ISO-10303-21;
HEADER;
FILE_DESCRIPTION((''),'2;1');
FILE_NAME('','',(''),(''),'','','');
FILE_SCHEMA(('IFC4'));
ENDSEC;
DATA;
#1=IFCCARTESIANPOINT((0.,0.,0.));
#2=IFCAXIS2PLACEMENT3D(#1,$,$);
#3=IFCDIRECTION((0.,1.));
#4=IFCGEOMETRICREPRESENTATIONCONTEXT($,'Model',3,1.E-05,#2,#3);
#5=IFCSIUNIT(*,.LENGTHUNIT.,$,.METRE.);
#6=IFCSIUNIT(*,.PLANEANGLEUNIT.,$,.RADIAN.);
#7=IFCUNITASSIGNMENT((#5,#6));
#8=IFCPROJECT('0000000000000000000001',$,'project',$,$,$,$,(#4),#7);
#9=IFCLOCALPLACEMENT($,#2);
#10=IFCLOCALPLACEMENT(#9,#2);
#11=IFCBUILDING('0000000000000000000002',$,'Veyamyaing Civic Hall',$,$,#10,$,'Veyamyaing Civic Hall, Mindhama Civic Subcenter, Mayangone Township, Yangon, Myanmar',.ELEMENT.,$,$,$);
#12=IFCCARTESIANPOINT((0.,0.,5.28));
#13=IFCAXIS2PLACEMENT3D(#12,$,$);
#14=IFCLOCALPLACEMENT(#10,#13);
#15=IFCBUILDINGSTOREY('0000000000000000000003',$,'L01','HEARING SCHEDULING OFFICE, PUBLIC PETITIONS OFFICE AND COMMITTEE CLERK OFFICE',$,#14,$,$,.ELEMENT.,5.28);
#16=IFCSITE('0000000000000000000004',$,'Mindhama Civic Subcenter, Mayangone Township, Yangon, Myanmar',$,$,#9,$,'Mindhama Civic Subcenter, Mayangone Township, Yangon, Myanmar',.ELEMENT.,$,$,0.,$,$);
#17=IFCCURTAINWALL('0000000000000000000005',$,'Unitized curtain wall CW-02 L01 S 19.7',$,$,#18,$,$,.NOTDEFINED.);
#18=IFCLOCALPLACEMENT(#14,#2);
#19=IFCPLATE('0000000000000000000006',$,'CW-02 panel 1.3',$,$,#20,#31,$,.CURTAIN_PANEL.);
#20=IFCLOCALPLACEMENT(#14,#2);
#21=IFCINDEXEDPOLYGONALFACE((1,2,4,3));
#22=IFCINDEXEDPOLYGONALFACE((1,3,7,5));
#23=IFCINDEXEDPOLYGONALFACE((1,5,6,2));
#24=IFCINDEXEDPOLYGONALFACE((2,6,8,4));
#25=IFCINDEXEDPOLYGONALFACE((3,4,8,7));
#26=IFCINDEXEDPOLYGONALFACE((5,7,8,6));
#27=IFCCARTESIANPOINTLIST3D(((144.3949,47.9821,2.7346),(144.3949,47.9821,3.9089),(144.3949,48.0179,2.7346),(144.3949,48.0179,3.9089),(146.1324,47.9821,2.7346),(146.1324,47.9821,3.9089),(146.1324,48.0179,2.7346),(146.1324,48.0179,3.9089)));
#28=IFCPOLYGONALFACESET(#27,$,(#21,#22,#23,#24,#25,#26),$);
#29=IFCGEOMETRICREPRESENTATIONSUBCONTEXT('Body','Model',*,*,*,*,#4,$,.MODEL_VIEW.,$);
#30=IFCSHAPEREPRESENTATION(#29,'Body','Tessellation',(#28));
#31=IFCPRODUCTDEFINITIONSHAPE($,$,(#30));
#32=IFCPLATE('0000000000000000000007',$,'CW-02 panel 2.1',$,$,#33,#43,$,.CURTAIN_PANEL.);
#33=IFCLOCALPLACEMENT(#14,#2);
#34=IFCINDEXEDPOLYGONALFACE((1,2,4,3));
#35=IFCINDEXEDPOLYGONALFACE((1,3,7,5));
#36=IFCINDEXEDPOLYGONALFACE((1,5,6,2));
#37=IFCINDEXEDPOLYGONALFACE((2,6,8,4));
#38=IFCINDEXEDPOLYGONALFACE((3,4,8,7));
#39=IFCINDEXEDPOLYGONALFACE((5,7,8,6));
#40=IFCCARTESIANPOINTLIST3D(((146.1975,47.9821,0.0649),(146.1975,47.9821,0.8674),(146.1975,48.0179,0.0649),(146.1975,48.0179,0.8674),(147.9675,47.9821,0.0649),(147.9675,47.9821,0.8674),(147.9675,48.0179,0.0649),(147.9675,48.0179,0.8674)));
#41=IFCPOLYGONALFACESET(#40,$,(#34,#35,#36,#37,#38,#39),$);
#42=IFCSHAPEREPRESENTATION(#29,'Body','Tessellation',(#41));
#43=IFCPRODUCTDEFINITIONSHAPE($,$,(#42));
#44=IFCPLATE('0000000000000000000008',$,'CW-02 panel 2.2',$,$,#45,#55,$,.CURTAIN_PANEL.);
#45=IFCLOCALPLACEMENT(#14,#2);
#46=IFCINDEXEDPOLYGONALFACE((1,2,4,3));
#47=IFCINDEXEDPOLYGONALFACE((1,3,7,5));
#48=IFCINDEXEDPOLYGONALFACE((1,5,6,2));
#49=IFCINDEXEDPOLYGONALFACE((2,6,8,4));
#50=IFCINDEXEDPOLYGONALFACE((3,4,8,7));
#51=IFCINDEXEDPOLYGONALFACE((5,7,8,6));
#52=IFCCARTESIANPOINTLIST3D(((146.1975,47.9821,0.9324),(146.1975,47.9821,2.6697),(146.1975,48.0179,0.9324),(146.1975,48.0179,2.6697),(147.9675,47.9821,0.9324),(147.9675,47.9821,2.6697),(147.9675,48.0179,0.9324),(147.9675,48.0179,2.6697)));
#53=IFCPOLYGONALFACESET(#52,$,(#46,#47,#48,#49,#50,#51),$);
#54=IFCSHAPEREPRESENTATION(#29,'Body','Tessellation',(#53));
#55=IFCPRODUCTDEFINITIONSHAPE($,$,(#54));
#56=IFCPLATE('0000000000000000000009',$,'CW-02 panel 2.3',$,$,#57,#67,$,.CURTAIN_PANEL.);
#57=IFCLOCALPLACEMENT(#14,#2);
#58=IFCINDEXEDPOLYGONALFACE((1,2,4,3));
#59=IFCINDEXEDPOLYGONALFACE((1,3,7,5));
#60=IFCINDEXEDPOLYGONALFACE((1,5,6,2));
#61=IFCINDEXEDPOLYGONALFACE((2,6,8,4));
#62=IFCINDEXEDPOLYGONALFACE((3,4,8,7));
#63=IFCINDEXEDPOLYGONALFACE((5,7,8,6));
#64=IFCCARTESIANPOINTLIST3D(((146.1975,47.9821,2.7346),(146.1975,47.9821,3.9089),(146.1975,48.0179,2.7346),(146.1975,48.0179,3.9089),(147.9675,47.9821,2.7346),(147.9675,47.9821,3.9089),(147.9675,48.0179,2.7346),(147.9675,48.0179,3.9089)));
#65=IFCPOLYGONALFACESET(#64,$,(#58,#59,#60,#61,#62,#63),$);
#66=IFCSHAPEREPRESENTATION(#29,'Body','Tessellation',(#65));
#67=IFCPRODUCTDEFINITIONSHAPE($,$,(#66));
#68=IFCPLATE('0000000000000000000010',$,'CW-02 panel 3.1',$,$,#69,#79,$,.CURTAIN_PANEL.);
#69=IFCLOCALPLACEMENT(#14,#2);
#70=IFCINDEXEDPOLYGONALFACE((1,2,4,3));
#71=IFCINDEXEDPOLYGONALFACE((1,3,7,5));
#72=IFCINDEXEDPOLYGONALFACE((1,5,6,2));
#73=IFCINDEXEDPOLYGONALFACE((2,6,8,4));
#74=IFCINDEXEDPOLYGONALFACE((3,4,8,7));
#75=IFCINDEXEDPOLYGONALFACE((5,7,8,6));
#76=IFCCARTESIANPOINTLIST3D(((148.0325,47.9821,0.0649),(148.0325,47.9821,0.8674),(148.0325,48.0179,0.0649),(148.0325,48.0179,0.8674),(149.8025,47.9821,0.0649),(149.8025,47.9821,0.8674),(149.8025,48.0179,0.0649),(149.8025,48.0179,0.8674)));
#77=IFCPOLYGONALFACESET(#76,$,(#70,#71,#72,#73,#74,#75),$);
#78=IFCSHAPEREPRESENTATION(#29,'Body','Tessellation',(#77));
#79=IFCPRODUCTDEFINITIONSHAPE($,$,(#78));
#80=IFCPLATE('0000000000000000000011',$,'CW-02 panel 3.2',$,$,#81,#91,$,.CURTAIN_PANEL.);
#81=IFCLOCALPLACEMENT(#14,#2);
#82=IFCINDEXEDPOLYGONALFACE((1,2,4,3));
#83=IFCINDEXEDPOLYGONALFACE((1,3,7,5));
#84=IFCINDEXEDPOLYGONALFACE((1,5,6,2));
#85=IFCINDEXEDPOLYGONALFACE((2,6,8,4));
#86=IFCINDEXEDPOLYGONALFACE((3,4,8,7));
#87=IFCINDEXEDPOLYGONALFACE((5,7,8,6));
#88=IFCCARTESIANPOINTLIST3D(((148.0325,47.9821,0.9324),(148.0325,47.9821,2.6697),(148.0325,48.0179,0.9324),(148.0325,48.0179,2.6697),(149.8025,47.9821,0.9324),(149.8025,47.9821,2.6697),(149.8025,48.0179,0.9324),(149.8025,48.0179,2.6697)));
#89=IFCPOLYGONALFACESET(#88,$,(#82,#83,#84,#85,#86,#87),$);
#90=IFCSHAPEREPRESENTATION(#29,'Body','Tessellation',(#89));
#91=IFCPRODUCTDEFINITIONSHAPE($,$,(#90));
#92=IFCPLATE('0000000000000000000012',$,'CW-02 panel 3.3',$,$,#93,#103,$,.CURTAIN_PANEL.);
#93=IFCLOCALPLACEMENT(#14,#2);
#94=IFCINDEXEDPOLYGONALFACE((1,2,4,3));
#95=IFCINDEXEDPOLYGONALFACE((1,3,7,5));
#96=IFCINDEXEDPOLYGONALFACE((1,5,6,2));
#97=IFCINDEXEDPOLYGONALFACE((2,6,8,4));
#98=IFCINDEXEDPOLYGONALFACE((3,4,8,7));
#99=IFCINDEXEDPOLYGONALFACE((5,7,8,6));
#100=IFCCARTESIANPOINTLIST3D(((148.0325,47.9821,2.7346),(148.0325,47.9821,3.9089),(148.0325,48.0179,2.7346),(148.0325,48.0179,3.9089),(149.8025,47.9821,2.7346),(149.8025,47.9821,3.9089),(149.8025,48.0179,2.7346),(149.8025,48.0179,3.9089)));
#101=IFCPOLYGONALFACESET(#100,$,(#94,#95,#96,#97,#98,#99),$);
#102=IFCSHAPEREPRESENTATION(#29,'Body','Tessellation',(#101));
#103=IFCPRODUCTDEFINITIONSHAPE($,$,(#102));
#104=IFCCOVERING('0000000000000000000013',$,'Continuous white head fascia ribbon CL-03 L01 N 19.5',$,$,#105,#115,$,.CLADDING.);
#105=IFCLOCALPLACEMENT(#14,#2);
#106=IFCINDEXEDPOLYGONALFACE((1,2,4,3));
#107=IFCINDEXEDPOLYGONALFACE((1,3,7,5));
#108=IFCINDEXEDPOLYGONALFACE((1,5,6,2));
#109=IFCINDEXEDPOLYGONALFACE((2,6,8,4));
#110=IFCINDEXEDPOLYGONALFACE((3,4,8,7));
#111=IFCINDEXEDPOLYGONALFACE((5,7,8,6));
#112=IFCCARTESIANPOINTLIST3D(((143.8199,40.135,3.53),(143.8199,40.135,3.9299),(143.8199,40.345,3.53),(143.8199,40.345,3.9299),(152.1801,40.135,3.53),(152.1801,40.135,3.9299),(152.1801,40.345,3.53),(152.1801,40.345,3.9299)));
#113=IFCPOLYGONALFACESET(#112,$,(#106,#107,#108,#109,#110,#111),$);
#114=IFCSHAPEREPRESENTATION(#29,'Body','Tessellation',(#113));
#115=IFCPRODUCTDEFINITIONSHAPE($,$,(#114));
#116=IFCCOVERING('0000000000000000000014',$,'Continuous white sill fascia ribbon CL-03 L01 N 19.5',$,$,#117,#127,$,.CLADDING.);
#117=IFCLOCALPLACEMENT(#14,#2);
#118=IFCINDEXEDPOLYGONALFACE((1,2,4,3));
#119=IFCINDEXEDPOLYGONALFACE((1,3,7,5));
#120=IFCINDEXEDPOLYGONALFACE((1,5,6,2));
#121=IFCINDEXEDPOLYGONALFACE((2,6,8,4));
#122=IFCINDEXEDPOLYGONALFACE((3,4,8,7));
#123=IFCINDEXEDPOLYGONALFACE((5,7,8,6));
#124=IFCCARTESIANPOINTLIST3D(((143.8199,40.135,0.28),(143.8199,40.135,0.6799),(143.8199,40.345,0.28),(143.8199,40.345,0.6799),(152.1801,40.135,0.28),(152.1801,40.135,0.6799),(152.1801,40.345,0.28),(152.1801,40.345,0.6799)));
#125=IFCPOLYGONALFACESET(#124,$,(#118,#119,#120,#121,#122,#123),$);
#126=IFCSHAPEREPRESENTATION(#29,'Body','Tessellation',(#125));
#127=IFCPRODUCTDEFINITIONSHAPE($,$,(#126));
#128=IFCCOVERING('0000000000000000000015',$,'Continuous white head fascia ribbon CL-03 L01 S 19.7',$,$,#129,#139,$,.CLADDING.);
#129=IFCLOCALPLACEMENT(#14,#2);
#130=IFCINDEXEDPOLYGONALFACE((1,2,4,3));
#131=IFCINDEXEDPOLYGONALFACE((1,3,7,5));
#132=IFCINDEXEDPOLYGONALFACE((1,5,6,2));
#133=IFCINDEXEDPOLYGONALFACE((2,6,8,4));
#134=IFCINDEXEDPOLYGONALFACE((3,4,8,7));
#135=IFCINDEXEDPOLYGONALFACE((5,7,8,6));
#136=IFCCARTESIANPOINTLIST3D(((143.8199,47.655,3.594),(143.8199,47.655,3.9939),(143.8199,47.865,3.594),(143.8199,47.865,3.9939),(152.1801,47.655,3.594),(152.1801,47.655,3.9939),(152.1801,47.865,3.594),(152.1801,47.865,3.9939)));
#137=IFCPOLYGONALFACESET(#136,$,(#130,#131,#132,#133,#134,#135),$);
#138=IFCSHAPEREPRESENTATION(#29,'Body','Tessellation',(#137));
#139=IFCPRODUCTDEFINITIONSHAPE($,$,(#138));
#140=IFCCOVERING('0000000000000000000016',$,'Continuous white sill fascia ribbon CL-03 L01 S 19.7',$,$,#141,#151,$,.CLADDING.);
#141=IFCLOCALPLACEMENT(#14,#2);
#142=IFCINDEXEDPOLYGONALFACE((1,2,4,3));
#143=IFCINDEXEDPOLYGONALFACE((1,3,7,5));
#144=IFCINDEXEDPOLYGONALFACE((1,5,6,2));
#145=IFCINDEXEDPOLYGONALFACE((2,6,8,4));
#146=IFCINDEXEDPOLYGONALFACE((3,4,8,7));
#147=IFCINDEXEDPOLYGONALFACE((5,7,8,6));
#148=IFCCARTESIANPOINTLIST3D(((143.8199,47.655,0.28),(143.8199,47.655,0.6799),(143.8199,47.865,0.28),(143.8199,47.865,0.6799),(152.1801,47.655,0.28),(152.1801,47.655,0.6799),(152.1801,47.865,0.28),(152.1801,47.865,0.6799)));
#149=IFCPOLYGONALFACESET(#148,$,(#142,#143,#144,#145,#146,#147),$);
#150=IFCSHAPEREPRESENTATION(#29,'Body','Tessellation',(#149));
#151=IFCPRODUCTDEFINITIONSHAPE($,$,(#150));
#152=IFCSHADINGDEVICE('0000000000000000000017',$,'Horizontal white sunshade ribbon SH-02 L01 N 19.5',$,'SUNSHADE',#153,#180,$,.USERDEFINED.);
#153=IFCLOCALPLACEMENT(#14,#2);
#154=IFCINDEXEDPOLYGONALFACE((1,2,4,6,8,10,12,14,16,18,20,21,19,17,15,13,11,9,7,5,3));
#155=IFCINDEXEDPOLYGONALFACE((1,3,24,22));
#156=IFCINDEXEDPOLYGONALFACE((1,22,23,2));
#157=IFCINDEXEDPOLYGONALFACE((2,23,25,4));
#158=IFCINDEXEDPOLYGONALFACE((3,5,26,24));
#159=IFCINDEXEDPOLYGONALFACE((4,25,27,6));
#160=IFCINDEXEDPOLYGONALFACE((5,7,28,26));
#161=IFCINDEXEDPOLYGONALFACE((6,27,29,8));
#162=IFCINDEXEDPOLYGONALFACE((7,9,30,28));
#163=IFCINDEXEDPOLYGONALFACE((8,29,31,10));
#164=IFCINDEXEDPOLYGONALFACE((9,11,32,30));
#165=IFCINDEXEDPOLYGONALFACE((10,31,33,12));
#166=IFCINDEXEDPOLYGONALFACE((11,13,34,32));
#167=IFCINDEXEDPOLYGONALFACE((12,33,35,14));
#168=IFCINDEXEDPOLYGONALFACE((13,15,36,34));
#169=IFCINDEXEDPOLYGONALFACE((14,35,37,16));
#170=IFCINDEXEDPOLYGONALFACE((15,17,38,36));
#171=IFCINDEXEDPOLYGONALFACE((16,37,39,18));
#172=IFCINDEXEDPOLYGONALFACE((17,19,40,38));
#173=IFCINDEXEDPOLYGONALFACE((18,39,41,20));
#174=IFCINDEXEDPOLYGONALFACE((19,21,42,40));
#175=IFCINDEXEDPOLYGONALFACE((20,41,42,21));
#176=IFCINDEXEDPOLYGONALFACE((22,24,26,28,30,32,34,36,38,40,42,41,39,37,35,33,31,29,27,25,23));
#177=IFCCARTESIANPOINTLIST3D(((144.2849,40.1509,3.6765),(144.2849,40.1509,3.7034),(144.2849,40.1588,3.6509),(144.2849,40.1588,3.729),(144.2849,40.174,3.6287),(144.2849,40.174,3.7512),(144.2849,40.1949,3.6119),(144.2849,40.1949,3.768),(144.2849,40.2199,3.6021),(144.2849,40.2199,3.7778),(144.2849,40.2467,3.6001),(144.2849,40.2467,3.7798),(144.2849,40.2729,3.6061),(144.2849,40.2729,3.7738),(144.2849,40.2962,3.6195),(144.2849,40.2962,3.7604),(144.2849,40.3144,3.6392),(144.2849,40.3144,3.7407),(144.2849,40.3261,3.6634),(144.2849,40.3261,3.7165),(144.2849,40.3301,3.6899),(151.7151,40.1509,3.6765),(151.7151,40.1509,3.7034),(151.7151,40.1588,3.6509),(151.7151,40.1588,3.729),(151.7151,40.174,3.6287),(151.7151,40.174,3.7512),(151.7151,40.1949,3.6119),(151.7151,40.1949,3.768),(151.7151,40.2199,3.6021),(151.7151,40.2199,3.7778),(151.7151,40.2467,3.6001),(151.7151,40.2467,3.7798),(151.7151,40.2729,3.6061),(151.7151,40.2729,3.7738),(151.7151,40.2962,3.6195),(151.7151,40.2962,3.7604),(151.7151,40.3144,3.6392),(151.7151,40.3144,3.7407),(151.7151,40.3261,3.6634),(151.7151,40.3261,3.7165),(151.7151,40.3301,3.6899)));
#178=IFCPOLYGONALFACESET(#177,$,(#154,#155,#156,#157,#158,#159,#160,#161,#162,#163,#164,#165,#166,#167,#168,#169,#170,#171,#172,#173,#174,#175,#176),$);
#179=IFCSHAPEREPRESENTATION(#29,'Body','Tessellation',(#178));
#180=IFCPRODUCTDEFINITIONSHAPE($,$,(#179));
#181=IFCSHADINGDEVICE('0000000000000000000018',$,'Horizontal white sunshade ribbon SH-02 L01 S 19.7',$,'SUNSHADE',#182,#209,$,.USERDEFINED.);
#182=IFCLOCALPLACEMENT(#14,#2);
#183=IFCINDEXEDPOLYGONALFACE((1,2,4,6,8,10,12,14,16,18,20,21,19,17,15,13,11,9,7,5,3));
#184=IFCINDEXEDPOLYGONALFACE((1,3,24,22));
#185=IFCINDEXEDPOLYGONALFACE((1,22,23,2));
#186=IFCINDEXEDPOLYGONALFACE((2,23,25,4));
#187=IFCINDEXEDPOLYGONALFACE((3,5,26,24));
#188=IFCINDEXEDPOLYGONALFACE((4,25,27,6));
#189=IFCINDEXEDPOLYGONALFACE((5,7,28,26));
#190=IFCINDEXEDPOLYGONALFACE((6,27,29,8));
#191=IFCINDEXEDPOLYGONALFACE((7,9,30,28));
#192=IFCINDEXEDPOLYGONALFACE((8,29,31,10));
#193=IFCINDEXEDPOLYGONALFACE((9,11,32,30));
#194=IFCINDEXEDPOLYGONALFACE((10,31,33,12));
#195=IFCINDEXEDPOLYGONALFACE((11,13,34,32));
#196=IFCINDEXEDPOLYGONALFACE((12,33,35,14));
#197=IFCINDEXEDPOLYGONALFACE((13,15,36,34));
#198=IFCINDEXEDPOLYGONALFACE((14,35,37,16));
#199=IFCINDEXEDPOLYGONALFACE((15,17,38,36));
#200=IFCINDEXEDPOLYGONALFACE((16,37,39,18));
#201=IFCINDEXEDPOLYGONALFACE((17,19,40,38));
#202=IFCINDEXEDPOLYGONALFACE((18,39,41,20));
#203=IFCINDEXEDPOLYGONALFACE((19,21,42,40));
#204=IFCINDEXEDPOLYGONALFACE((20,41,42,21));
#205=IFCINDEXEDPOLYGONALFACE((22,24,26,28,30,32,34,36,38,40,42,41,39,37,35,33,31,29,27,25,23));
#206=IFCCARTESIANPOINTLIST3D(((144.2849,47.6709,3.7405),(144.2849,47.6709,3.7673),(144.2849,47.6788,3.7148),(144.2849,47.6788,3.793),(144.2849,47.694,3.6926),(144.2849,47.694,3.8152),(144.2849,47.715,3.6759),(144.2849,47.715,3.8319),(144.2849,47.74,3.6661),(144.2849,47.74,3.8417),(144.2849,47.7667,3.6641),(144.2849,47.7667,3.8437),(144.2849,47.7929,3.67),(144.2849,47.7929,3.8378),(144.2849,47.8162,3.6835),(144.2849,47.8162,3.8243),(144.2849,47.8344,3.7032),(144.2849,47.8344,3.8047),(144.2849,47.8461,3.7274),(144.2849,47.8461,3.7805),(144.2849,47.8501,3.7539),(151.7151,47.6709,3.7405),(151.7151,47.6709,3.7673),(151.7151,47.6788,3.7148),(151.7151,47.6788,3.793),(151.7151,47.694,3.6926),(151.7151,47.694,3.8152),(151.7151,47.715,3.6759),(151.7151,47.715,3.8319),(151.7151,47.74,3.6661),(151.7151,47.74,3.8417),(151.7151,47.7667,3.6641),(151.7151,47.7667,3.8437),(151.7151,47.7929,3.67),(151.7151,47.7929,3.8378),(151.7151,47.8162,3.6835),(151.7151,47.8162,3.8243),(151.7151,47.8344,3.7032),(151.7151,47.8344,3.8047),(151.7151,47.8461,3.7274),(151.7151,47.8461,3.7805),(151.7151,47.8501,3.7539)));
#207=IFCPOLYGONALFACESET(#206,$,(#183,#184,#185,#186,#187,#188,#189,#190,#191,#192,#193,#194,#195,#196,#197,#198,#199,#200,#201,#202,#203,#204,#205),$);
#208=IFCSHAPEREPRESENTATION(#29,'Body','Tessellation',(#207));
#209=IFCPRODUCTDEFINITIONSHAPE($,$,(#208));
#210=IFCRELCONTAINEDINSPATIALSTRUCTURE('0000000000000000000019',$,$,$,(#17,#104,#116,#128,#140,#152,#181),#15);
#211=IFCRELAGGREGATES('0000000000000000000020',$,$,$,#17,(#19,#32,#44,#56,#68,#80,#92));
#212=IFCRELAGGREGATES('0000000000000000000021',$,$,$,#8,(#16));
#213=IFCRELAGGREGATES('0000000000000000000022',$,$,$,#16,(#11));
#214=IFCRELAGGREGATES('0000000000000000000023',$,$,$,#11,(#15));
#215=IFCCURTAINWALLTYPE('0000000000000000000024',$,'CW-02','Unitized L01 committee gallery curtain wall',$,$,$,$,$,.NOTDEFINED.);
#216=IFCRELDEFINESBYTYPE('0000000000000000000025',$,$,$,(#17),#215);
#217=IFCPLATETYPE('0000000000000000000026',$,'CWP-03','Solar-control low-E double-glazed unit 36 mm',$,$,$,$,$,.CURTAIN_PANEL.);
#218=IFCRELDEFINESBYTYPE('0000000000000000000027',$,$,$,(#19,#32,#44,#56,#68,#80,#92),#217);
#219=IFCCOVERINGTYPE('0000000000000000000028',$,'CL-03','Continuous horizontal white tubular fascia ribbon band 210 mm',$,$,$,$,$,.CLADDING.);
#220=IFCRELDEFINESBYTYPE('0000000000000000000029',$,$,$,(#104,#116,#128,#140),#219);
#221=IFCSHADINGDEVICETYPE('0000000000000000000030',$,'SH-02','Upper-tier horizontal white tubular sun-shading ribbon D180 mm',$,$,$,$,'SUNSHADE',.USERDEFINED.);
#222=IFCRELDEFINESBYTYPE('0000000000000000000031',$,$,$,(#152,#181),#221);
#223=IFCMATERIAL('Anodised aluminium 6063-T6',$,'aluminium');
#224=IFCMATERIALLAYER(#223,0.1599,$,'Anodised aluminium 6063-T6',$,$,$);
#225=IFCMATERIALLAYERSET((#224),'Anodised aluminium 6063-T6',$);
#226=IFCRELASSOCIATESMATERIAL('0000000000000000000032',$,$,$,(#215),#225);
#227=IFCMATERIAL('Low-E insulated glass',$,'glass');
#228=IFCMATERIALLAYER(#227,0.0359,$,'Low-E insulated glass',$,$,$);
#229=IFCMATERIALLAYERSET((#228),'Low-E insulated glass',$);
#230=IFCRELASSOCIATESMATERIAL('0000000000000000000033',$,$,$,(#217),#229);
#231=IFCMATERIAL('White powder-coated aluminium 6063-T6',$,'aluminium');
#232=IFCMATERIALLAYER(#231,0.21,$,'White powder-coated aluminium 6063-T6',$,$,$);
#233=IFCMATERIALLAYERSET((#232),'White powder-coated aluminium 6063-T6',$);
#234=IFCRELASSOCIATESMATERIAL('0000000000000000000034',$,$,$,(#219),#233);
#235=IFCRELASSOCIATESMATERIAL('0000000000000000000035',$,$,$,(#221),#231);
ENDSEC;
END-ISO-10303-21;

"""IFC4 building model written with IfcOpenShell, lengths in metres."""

from ifc_helpers import new_model, si_unit, direction, frame, origin, origin_2d, place, context, subcontext, project, spatial, rectangle, circle, extrude, material, layer, layer_set, material_profile, profile_set, type_object, element, aggregate, save


model = new_model("IFC4")

# Units and contexts
model_context = context("Model", 3, precision=1e-05, world=origin(), true_north=direction((0.0, 1.0)))
body_context = subcontext(model_context, "Body", "Model", "MODEL_VIEW")
ifc_project = project(units=[si_unit("LENGTHUNIT", "METRE"), si_unit("PLANEANGLEUNIT", "RADIAN")], contexts=[model_context])

# Site, building, storey
site_placement = place(None, origin())
site = spatial("IfcSite", under=ifc_project, at=site_placement, Name="Mindhama Civic Subcenter, Mayangone Township, Yangon, Myanmar", LongName="Mindhama Civic Subcenter, Mayangone Township, Yangon, Myanmar", CompositionType="ELEMENT", RefElevation=0.0)
building_placement = place(site_placement, origin())
building = spatial("IfcBuilding", under=site, at=building_placement, Name="Veyamyaing Civic Hall", LongName="Veyamyaing Civic Hall, Mindhama Civic Subcenter, Mayangone Township, Yangon, Myanmar", CompositionType="ELEMENT")
storey_placement = place(building_placement, frame((0.0, 0.0, 5.28)))
storey = spatial("IfcBuildingStorey", under=building, at=storey_placement, Name="L01", Description="HEARING SCHEDULING OFFICE, PUBLIC PETITIONS OFFICE AND COMMITTEE CLERK OFFICE", CompositionType="ELEMENT", Elevation=5.28)

# Shared definitions
ifc_material_1 = material(Name="Anodised aluminium 6063-T6", Category="aluminium")
ifc_layer_1 = layer(ifc_material_1, 0.1599, Name="Anodised aluminium 6063-T6")
ifc_layer_set_1 = layer_set([ifc_layer_1], Name="Anodised aluminium 6063-T6")
curtain_wall_type = type_object("IfcCurtainWallType", Name="CW-02", Description="Unitized L01 committee gallery curtain wall", PredefinedType="NOTDEFINED", material=ifc_layer_set_1)

# Curtain wall
curtain_wall_1_placement = place(storey_placement, origin())
curtain_wall_1 = element("IfcCurtainWall", 1, at=curtain_wall_1_placement, inside=storey, type_object=curtain_wall_type, Name="Unitized curtain wall CW-02 L01 S 19.7", PredefinedType="NOTDEFINED")

# Plates
ifc_material_2 = material(Name="Low-E insulated glass", Category="glass")
ifc_layer_2 = layer(ifc_material_2, 0.0359, Name="Low-E insulated glass")
ifc_layer_set_2 = layer_set([ifc_layer_2], Name="Low-E insulated glass")
plate_type_1 = type_object("IfcPlateType", Name="CWP-03", Description="Solar-control low-E double-glazed unit 36 mm", PredefinedType="CURTAIN_PANEL", material=ifc_layer_set_2)
plate_1_placement = place(storey_placement, frame((145.2637, 48.0, 2.7346), z_axis=(0.0, 0.0, 1.0), x_axis=(1.0, 0.0, 0.0)))
plate_1 = element("IfcPlate", 2, at=plate_1_placement, type_object=plate_type_1, Name="CW-02 panel 1.3", PredefinedType="CURTAIN_PANEL", context=body_context, shape_type="SweptSolid", body=[
    extrude(rectangle(XDim=1.7375, YDim=0.0359, at=origin_2d()), origin(), (0.0, 0.0, 1.0), 1.1743),
])
plate_2_placement = place(storey_placement, frame((147.0825, 48.0, 0.0649), z_axis=(0.0, 0.0, 1.0), x_axis=(1.0, 0.0, 0.0)))
plate_2 = element("IfcPlate", 3, at=plate_2_placement, type_object=plate_type_1, Name="CW-02 panel 2.1", PredefinedType="CURTAIN_PANEL", context=body_context, shape_type="SweptSolid", body=[
    extrude(rectangle(XDim=1.77, YDim=0.0359, at=origin_2d()), origin(), (0.0, 0.0, 1.0), 0.8025),
])
plate_3_placement = place(storey_placement, frame((147.0825, 48.0, 0.9324), z_axis=(0.0, 0.0, 1.0), x_axis=(1.0, 0.0, 0.0)))
plate_3 = element("IfcPlate", 4, at=plate_3_placement, type_object=plate_type_1, Name="CW-02 panel 2.2", PredefinedType="CURTAIN_PANEL", context=body_context, shape_type="SweptSolid", body=[
    extrude(rectangle(XDim=1.77, YDim=0.0359, at=origin_2d()), origin(), (0.0, 0.0, 1.0), 1.7373),
])
plate_4_placement = place(storey_placement, frame((147.0825, 48.0, 2.7346), z_axis=(0.0, 0.0, 1.0), x_axis=(1.0, 0.0, 0.0)))
plate_4 = element("IfcPlate", 5, at=plate_4_placement, type_object=plate_type_1, Name="CW-02 panel 2.3", PredefinedType="CURTAIN_PANEL", context=body_context, shape_type="SweptSolid", body=[
    extrude(rectangle(XDim=1.77, YDim=0.0359, at=origin_2d()), origin(), (0.0, 0.0, 1.0), 1.1743),
])
plate_5_placement = place(storey_placement, frame((148.9175, 48.0, 0.0649), z_axis=(0.0, 0.0, 1.0), x_axis=(1.0, 0.0, 0.0)))
plate_5 = element("IfcPlate", 6, at=plate_5_placement, type_object=plate_type_1, Name="CW-02 panel 3.1", PredefinedType="CURTAIN_PANEL", context=body_context, shape_type="SweptSolid", body=[
    extrude(rectangle(XDim=1.77, YDim=0.0359, at=origin_2d()), origin(), (0.0, 0.0, 1.0), 0.8025),
])
plate_6_placement = place(storey_placement, frame((148.9175, 48.0, 0.9324), z_axis=(0.0, 0.0, 1.0), x_axis=(1.0, 0.0, 0.0)))
plate_6 = element("IfcPlate", 7, at=plate_6_placement, type_object=plate_type_1, Name="CW-02 panel 3.2", PredefinedType="CURTAIN_PANEL", context=body_context, shape_type="SweptSolid", body=[
    extrude(rectangle(XDim=1.77, YDim=0.0359, at=origin_2d()), origin(), (0.0, 0.0, 1.0), 1.7373),
])
plate_7_placement = place(storey_placement, frame((148.9175, 48.0, 2.7346), z_axis=(0.0, 0.0, 1.0), x_axis=(1.0, 0.0, 0.0)))
plate_7 = element("IfcPlate", 8, at=plate_7_placement, type_object=plate_type_1, Name="CW-02 panel 3.3", PredefinedType="CURTAIN_PANEL", context=body_context, shape_type="SweptSolid", body=[
    extrude(rectangle(XDim=1.77, YDim=0.0359, at=origin_2d()), origin(), (0.0, 0.0, 1.0), 1.1743),
])
aggregate(curtain_wall_1, [plate_1, plate_2, plate_3, plate_4, plate_5, plate_6, plate_7])

# Coverings
ifc_material_3 = material(Name="White powder-coated aluminium 6063-T6", Category="aluminium")
ifc_layer_3 = layer(ifc_material_3, 0.21, Name="White powder-coated aluminium 6063-T6")
ifc_layer_set_3 = layer_set([ifc_layer_3], Name="White powder-coated aluminium 6063-T6")
covering_type = type_object("IfcCoveringType", Name="CL-03", Description="Continuous horizontal white tubular fascia ribbon band 210 mm", PredefinedType="CLADDING", material=ifc_layer_set_3)
for number, where, z_axis, x_axis, name in (
    (9, (148.0, 40.24, 3.53), (0.0, 0.0, 1.0), (1.0, 0.0, 0.0), "Continuous white head fascia ribbon CL-03 L01 N 19.5"),
    (10, (148.0, 40.24, 0.28), (0.0, 0.0, 1.0), (1.0, 0.0, 0.0), "Continuous white sill fascia ribbon CL-03 L01 N 19.5"),
    (11, (148.0, 47.76, 3.594), (0.0, 0.0, 1.0), (1.0, 0.0, 0.0), "Continuous white head fascia ribbon CL-03 L01 S 19.7"),
    (12, (148.0, 47.76, 0.28), (0.0, 0.0, 1.0), (1.0, 0.0, 0.0), "Continuous white sill fascia ribbon CL-03 L01 S 19.7"),
):
    element("IfcCovering", number, at=place(storey_placement, frame(where, z_axis=z_axis, x_axis=x_axis)), inside=storey, type_object=covering_type, Name=name, PredefinedType="CLADDING", context=body_context, shape_type="SweptSolid", body=[
        extrude(rectangle(XDim=8.3601, YDim=0.21, at=origin_2d()), origin(), (0.0, 0.0, 1.0), 0.3999),
    ])

# Shading devices
ifc_material_profile_1 = material_profile(ifc_material_3, circle(Radius=0.0901, at=origin_2d()), Name="SHADE-TUBE-180")
ifc_profile_set_1 = profile_set([ifc_material_profile_1], Name="White powder-coated aluminium 6063-T6")
shading_device_type = type_object("IfcShadingDeviceType", Name="SH-02", Description="Upper-tier horizontal white tubular sun-shading ribbon D180 mm", ElementType="SUNSHADE", PredefinedType="USERDEFINED", material=ifc_profile_set_1)
for number, where, z_axis, x_axis, name in (
    (13, (144.2849, 40.24, 3.6899), (1.0, 0.0, 0.0), (0.0, 1.0, 0.0), "Horizontal white sunshade ribbon SH-02 L01 N 19.5"),
    (14, (144.2849, 47.76, 3.7539), (1.0, 0.0, 0.0), (0.0, 1.0, 0.0), "Horizontal white sunshade ribbon SH-02 L01 S 19.7"),
):
    element("IfcShadingDevice", number, at=place(storey_placement, frame(where, z_axis=z_axis, x_axis=x_axis)), inside=storey, type_object=shading_device_type, Name=name, ObjectType="SUNSHADE", PredefinedType="USERDEFINED", context=body_context, shape_type="SweptSolid", body=[
        extrude(circle(Radius=0.0901, at=origin_2d()), origin(), (0.0, 0.0, 1.0), 7.4302),
    ])

save(model, "model.ifc")
